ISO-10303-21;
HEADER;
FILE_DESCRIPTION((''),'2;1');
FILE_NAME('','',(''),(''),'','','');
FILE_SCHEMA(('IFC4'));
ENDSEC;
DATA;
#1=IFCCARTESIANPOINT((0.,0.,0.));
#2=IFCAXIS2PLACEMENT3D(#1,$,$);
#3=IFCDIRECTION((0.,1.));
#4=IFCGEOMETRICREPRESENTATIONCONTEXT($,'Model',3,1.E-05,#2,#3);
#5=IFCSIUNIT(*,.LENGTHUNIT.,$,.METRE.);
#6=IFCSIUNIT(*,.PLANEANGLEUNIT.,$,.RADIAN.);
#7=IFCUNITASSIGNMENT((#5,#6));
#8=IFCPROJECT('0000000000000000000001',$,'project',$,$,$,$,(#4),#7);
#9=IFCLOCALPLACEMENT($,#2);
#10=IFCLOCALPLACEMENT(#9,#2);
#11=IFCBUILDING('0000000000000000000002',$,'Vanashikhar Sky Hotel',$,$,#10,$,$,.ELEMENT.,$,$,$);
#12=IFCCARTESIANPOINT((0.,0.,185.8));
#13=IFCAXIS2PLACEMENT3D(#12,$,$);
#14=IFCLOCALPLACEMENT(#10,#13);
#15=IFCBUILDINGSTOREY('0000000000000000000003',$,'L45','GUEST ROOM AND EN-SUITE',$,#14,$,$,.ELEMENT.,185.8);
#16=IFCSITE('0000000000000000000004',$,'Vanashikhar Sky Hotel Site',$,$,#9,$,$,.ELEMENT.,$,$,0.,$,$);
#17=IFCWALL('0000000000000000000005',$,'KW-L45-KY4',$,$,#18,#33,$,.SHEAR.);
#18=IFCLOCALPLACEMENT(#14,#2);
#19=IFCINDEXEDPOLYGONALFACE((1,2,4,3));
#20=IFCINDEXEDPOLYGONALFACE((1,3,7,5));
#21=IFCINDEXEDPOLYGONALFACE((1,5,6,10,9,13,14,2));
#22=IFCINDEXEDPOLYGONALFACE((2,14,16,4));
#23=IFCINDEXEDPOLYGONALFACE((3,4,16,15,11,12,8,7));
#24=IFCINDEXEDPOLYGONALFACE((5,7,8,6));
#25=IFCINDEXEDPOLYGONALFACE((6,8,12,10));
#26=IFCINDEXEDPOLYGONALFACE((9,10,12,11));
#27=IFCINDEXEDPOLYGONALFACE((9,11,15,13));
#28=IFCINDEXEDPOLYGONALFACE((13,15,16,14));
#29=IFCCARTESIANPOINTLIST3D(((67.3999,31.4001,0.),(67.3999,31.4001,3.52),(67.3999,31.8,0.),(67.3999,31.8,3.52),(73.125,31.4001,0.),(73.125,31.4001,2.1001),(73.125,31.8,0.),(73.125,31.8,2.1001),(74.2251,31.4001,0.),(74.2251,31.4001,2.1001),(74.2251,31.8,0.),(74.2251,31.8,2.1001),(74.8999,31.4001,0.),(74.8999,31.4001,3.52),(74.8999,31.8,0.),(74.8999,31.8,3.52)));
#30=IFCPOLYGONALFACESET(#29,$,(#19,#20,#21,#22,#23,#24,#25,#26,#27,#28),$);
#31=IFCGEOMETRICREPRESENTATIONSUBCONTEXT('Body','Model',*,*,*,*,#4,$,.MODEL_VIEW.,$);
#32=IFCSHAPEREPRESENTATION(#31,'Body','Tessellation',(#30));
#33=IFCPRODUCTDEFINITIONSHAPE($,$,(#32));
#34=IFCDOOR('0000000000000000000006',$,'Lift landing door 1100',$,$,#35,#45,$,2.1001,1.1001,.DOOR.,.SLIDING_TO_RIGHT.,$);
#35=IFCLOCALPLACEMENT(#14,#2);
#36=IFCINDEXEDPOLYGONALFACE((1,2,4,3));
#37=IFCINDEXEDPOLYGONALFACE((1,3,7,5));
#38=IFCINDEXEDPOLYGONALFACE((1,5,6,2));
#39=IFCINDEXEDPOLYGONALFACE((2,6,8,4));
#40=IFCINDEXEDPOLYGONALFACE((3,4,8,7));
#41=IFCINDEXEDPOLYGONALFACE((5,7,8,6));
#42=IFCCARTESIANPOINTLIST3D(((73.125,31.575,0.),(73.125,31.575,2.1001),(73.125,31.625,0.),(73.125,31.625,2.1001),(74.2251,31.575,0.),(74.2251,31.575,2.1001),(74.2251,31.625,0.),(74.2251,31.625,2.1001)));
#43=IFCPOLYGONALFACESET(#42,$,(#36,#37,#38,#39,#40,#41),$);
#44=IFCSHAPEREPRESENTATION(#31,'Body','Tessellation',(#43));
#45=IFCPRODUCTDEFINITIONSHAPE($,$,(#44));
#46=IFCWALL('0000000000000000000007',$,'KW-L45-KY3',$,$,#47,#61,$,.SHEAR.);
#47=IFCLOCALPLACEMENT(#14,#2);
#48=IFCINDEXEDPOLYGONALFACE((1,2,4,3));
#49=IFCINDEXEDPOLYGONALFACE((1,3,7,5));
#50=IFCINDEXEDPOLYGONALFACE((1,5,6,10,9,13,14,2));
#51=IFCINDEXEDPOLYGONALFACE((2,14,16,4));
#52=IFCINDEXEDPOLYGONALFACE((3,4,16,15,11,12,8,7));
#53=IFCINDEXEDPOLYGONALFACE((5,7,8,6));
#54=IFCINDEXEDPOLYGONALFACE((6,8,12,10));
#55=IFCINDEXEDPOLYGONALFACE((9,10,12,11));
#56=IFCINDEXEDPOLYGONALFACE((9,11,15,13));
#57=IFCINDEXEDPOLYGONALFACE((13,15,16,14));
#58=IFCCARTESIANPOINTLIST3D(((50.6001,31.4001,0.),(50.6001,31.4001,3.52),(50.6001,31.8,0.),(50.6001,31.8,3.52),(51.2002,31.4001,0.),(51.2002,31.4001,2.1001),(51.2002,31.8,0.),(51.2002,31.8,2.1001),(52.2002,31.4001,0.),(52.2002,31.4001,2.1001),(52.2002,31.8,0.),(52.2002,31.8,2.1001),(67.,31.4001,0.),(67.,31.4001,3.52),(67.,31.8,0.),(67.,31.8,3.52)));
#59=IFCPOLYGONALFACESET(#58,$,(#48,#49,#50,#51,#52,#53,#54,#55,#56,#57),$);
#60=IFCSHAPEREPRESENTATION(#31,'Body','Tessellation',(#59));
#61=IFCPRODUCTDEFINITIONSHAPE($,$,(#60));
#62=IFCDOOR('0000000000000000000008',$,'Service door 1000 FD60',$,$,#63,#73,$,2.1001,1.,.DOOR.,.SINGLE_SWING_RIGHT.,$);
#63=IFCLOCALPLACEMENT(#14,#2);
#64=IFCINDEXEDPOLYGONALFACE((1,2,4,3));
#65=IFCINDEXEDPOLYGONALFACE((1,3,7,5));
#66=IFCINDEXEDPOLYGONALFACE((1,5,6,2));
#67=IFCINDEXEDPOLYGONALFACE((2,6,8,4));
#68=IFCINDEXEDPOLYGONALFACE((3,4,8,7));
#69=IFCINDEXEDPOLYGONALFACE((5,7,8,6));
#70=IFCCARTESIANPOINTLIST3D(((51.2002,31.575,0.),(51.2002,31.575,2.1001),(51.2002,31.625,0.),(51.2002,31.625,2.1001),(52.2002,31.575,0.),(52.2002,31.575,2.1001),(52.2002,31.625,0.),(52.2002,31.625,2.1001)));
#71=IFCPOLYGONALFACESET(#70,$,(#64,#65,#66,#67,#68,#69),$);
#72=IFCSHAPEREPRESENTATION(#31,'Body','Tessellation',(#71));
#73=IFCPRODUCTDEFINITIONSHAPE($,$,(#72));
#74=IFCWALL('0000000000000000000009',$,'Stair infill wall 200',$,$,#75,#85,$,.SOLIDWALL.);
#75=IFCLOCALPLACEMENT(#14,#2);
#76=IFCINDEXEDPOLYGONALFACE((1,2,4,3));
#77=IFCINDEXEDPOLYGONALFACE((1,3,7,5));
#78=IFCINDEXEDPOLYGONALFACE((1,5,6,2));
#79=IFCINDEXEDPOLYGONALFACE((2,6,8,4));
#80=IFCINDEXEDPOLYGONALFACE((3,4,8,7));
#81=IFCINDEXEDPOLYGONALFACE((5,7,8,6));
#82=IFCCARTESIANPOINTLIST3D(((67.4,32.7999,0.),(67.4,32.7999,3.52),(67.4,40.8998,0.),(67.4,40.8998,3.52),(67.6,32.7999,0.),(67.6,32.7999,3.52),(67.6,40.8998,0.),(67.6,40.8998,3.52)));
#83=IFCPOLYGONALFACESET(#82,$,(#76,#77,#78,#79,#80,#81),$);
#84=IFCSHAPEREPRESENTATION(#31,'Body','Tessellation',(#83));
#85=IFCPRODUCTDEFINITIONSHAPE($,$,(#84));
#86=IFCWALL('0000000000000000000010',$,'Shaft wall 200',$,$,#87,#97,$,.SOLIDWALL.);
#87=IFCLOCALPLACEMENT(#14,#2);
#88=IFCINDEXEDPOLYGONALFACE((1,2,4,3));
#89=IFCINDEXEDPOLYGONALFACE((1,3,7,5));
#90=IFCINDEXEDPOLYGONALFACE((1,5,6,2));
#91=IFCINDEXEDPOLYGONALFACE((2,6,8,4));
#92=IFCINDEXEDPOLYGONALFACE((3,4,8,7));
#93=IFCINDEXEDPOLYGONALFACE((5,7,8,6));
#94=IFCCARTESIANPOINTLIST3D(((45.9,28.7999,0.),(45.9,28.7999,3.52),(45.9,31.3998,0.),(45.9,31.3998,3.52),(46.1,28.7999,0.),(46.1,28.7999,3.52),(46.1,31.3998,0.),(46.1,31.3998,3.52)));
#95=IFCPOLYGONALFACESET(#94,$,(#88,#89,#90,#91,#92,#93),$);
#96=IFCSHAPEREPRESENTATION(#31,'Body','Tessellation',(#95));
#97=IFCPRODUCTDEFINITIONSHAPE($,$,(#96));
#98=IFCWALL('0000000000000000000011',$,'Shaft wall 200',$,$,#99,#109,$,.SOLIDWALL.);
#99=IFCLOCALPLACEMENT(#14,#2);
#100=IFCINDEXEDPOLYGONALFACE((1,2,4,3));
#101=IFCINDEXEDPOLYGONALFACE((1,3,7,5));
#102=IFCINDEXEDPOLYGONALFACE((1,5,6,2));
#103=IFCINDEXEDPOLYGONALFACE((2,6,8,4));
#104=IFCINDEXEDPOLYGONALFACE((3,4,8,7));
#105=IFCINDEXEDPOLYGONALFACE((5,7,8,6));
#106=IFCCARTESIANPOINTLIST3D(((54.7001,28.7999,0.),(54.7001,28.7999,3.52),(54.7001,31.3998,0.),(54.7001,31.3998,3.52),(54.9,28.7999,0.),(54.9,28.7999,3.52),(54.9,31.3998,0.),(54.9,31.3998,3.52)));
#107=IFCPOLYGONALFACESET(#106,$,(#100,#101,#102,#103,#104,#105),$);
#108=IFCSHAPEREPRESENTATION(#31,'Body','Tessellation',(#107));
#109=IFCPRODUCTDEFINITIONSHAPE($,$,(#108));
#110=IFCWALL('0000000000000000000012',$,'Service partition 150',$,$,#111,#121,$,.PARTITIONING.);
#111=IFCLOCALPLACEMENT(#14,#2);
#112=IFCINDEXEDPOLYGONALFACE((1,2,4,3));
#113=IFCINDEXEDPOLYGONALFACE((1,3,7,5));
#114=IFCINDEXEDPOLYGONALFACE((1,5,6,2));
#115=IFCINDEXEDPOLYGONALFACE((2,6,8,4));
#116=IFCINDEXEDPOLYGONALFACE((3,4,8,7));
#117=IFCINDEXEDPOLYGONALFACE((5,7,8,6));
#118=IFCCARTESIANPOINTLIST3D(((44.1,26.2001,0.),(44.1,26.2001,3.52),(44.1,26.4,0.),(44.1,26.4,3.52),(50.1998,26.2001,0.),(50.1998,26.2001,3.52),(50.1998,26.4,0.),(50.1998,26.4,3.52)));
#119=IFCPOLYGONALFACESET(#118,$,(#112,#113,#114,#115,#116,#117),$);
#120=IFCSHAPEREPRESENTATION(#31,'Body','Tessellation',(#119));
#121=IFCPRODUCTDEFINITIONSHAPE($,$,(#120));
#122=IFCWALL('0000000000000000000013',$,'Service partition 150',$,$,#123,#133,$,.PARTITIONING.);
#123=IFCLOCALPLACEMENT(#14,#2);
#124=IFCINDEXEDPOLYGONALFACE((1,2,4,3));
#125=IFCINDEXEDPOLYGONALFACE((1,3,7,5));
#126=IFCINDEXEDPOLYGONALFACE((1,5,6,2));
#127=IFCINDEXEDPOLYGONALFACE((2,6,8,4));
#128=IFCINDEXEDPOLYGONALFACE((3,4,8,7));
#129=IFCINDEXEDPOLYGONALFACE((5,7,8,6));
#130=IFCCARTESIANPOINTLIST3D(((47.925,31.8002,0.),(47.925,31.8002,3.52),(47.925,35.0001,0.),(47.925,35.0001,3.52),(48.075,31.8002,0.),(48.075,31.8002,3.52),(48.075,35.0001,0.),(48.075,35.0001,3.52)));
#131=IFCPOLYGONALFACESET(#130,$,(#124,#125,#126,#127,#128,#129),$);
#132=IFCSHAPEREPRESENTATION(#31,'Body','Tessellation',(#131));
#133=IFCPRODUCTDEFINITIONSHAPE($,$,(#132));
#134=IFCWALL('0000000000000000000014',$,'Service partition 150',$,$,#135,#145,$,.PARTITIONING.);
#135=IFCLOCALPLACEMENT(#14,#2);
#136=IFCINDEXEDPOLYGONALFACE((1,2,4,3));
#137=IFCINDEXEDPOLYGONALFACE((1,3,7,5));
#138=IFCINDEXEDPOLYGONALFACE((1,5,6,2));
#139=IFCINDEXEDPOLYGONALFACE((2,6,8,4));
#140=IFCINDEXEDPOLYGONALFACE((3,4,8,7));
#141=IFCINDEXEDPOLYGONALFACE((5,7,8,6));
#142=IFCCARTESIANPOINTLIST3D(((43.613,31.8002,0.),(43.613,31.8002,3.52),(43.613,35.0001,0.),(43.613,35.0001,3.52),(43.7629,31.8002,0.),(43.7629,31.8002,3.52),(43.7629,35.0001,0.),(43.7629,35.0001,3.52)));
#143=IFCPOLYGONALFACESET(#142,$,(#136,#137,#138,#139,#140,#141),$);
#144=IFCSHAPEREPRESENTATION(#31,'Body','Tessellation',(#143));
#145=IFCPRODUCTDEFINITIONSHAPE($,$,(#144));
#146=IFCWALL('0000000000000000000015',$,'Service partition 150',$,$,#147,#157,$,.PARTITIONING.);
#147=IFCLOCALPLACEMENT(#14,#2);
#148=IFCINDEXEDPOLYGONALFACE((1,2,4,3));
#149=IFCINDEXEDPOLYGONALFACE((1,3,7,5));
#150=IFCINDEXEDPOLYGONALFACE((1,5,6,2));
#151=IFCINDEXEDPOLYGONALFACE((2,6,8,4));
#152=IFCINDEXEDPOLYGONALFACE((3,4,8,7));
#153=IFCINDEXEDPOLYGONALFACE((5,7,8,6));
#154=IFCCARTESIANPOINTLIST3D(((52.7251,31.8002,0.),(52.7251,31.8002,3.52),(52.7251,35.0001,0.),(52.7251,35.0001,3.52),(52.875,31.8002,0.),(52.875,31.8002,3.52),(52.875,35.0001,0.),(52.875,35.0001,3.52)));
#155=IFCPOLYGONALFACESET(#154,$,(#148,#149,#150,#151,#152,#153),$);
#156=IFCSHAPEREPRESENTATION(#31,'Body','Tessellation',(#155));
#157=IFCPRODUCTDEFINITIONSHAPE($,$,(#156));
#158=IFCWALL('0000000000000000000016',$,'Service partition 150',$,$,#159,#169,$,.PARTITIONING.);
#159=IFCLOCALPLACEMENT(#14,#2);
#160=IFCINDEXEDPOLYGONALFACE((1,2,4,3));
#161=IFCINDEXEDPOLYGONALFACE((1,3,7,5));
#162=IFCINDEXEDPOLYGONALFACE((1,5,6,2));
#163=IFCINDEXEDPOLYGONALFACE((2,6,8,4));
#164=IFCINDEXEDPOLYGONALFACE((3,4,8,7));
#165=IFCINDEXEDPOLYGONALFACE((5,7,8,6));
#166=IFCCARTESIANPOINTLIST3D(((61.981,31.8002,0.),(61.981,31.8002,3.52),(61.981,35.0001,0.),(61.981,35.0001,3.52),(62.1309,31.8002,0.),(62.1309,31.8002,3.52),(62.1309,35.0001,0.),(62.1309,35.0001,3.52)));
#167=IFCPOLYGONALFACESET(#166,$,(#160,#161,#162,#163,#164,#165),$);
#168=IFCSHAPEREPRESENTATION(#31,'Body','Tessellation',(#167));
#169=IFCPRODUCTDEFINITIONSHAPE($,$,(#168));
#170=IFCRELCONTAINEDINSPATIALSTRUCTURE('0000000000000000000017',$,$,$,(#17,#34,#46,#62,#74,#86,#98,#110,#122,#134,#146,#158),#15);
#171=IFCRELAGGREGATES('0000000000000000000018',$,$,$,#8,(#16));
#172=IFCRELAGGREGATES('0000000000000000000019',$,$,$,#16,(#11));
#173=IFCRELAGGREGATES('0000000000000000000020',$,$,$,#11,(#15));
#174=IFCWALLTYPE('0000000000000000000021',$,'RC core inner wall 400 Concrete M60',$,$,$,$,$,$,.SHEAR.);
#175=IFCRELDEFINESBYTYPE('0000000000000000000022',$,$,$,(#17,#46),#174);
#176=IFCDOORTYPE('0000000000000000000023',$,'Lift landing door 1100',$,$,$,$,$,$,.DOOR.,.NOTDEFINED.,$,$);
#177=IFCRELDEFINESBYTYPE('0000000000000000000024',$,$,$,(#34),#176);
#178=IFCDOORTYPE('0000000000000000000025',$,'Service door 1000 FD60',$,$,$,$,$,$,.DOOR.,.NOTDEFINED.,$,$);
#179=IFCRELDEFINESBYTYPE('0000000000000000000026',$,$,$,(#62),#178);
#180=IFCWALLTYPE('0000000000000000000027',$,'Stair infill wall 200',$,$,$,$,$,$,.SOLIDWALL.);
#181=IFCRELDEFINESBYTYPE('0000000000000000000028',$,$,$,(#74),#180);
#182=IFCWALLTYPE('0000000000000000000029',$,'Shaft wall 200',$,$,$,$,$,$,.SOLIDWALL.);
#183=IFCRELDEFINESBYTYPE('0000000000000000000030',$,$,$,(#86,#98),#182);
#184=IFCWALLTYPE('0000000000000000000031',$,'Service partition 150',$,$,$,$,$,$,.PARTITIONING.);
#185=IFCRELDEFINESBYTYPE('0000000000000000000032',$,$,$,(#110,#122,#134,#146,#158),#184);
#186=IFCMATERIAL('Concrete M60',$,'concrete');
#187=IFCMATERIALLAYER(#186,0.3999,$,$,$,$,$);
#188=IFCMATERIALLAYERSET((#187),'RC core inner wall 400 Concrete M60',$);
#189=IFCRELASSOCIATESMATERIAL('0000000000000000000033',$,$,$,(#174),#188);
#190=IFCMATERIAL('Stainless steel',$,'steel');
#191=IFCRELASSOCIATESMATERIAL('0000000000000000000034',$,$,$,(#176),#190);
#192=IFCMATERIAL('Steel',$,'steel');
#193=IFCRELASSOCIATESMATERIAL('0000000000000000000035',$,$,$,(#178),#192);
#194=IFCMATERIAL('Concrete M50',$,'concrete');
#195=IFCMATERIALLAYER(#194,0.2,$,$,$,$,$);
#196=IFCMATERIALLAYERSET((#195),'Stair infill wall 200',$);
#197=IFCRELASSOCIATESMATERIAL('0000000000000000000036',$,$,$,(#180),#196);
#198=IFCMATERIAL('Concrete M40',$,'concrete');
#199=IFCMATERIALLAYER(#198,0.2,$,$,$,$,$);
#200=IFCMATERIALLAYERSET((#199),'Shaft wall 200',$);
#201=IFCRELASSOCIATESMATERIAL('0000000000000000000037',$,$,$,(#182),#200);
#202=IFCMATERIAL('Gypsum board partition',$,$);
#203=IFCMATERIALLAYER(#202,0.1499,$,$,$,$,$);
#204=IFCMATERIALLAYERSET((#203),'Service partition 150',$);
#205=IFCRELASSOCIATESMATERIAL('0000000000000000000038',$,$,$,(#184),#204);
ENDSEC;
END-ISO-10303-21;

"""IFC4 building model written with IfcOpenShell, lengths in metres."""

from ifc_helpers import new_model, si_unit, direction, frame, frame_2d, origin, place, context, subcontext, project, spatial, rectangle, extrude, source, transform, mapped, material, layer, layer_set, type_object, element, fill, save


model = new_model("IFC4")

# Units and contexts
model_context = context("Model", 3, precision=1e-05, world=origin(), true_north=direction((0.0, 1.0)))
body_context = subcontext(model_context, "Body", "Model", "MODEL_VIEW")
ifc_project = project(units=[si_unit("LENGTHUNIT", "METRE"), si_unit("PLANEANGLEUNIT", "RADIAN")], contexts=[model_context])

# Site, building, storey
site_placement = place(None, origin())
site = spatial("IfcSite", under=ifc_project, at=site_placement, Name="Vanashikhar Sky Hotel Site", CompositionType="ELEMENT", RefElevation=0.0)
building_placement = place(site_placement, origin())
building = spatial("IfcBuilding", under=site, at=building_placement, Name="Vanashikhar Sky Hotel", CompositionType="ELEMENT")
storey_placement = place(building_placement, frame((0.0, 0.0, 185.8)))
storey = spatial("IfcBuildingStorey", under=building, at=storey_placement, Name="L45", Description="GUEST ROOM AND EN-SUITE", CompositionType="ELEMENT", Elevation=185.8)

# Walls, openings, doors
ifc_material_1 = material(Name="Concrete M60", Category="concrete")
ifc_layer_1 = layer(ifc_material_1, 0.3999)
ifc_layer_set_1 = layer_set([ifc_layer_1], Name="RC core inner wall 400 Concrete M60")
wall_type_1 = type_object("IfcWallType", Name="RC core inner wall 400 Concrete M60", PredefinedType="SHEAR", material=ifc_layer_set_1)
shared_shape_1 = source(origin(), body_context, "Body", "SweptSolid", [
    extrude(rectangle(XDim=7.5, YDim=0.3999, at=frame_2d((3.75, 0.0))), origin(), (0.0, 0.0, 1.0), 3.52),
])
wall_1_placement = place(storey_placement, frame((67.3999, 31.6001, 0.0), z_axis=(0.0, 0.0, 1.0), x_axis=(1.0, 0.0, 0.0)))
wall_1 = element("IfcWall", 1, at=wall_1_placement, inside=storey, type_object=wall_type_1, Name="KW-L45-KY4", PredefinedType="SHEAR", context=body_context, shape_type="MappedRepresentation", body=[
    mapped(shared_shape_1, transform((0.0, 0.0, 0.0), scale=1.0)),
])
shared_shape_2 = source(origin(), body_context, "Body", "SweptSolid", [
    extrude(rectangle(XDim=1.1001, YDim=2.1001, at=frame_2d((0.55, 1.05))), frame((0.0, 0.21, 0.0), z_axis=(0.0, -1.0, 0.0), x_axis=(1.0, 0.0, 0.0)), (0.0, 0.0, 1.0), 0.4199),
])
opening_1_placement = place(wall_1_placement, frame((5.7251, 0.0, 0.0)))
opening_1 = element("IfcOpeningElement", 2, at=opening_1_placement, cuts=wall_1, PredefinedType="OPENING", context=body_context, shape_type="MappedRepresentation", body=[
    mapped(shared_shape_2, transform((0.0, 0.0, 0.0), scale=1.0)),
])
ifc_material_2 = material(Name="Stainless steel", Category="steel")
door_type_1 = type_object("IfcDoorType", Name="Lift landing door 1100", OperationType="NOTDEFINED", PredefinedType="DOOR", material=ifc_material_2)
shared_shape_3 = source(origin(), body_context, "Body", "SweptSolid", [
    extrude(rectangle(XDim=1.1001, YDim=2.1001, at=frame_2d((0.55, 1.05))), frame((0.0, 0.0249, 0.0), z_axis=(0.0, -1.0, 0.0), x_axis=(1.0, 0.0, 0.0)), (0.0, 0.0, 1.0), 0.05),
])
door_1_placement = place(opening_1_placement, origin())
door_1 = element("IfcDoor", 3, at=door_1_placement, inside=storey, type_object=door_type_1, Name="Lift landing door 1100", OperationType="SLIDING_TO_RIGHT", OverallHeight=2.1001, OverallWidth=1.1001, PredefinedType="DOOR", context=body_context, shape_type="MappedRepresentation", body=[
    mapped(shared_shape_3, transform((0.0, 0.0, 0.0), scale=1.0)),
])
fill(opening_1, door_1)
shared_shape_4 = source(origin(), body_context, "Body", "SweptSolid", [
    extrude(rectangle(XDim=16.3999, YDim=0.3999, at=frame_2d((8.2, 0.0))), origin(), (0.0, 0.0, 1.0), 3.52),
])
wall_2_placement = place(storey_placement, frame((50.6001, 31.6001, 0.0), z_axis=(0.0, 0.0, 1.0), x_axis=(1.0, 0.0, 0.0)))
wall_2 = element("IfcWall", 4, at=wall_2_placement, inside=storey, type_object=wall_type_1, Name="KW-L45-KY3", PredefinedType="SHEAR", context=body_context, shape_type="MappedRepresentation", body=[
    mapped(shared_shape_4, transform((0.0, 0.0, 0.0), scale=1.0)),
])
shared_shape_5 = source(origin(), body_context, "Body", "SweptSolid", [
    extrude(rectangle(XDim=1.0, YDim=2.1001, at=frame_2d((0.5, 1.05))), frame((0.0, 0.21, 0.0), z_axis=(0.0, -1.0, 0.0), x_axis=(1.0, 0.0, 0.0)), (0.0, 0.0, 1.0), 0.4199),
])
opening_2_placement = place(wall_2_placement, frame((0.6001, 0.0, 0.0)))
opening_2 = element("IfcOpeningElement", 5, at=opening_2_placement, cuts=wall_2, PredefinedType="OPENING", context=body_context, shape_type="MappedRepresentation", body=[
    mapped(shared_shape_5, transform((0.0, 0.0, 0.0), scale=1.0)),
])
ifc_material_3 = material(Name="Steel", Category="steel")
door_type_2 = type_object("IfcDoorType", Name="Service door 1000 FD60", OperationType="NOTDEFINED", PredefinedType="DOOR", material=ifc_material_3)
shared_shape_6 = source(origin(), body_context, "Body", "SweptSolid", [
    extrude(rectangle(XDim=1.0, YDim=2.1001, at=frame_2d((0.5, 1.05))), frame((0.0, 0.0249, 0.0), z_axis=(0.0, -1.0, 0.0), x_axis=(1.0, 0.0, 0.0)), (0.0, 0.0, 1.0), 0.05),
])
door_2_placement = place(opening_2_placement, origin())
door_2 = element("IfcDoor", 6, at=door_2_placement, inside=storey, type_object=door_type_2, Name="Service door 1000 FD60", OperationType="SINGLE_SWING_RIGHT", OverallHeight=2.1001, OverallWidth=1.0, PredefinedType="DOOR", context=body_context, shape_type="MappedRepresentation", body=[
    mapped(shared_shape_6, transform((0.0, 0.0, 0.0), scale=1.0)),
])
fill(opening_2, door_2)

# Walls
ifc_material_4 = material(Name="Concrete M50", Category="concrete")
ifc_layer_2 = layer(ifc_material_4, 0.2)
ifc_layer_set_2 = layer_set([ifc_layer_2], Name="Stair infill wall 200")
wall_type_2 = type_object("IfcWallType", Name="Stair infill wall 200", PredefinedType="SOLIDWALL", material=ifc_layer_set_2)
shared_shape_7 = source(origin(), body_context, "Body", "SweptSolid", [
    extrude(rectangle(XDim=8.0999, YDim=0.2, at=frame_2d((4.0498, 0.0))), origin(), (0.0, 0.0, 1.0), 3.52),
])
wall_3_placement = place(storey_placement, frame((67.5, 32.8, 0.0), z_axis=(0.0, 0.0, 1.0), x_axis=(0.0, 1.0, 0.0)))
element("IfcWall", 7, at=wall_3_placement, inside=storey, type_object=wall_type_2, Name="Stair infill wall 200", PredefinedType="SOLIDWALL", context=body_context, shape_type="MappedRepresentation", body=[
    mapped(shared_shape_7, transform((0.0, 0.0, 0.0), scale=1.0)),
])
ifc_material_5 = material(Name="Concrete M40", Category="concrete")
ifc_layer_3 = layer(ifc_material_5, 0.2)
ifc_layer_set_3 = layer_set([ifc_layer_3], Name="Shaft wall 200")
wall_type_3 = type_object("IfcWallType", Name="Shaft wall 200", PredefinedType="SOLIDWALL", material=ifc_layer_set_3)
shared_shape_8 = source(origin(), body_context, "Body", "SweptSolid", [
    extrude(rectangle(XDim=2.5999, YDim=0.2, at=frame_2d((1.2998, 0.0))), origin(), (0.0, 0.0, 1.0), 3.52),
])
for number, where, z_axis, x_axis, name in (
    (8, (46.0, 28.8, 0.0), (0.0, 0.0, 1.0), (0.0, 1.0, 0.0), "Shaft wall 200"),
    (9, (54.8, 28.8, 0.0), (0.0, 0.0, 1.0), (0.0, 1.0, 0.0), "Shaft wall 200"),
):
    element("IfcWall", number, at=place(storey_placement, frame(where, z_axis=z_axis, x_axis=x_axis)), inside=storey, type_object=wall_type_3, Name=name, PredefinedType="SOLIDWALL", context=body_context, shape_type="MappedRepresentation", body=[
        mapped(shared_shape_8, transform((0.0, 0.0, 0.0), scale=1.0)),
    ])
ifc_material_6 = material(Name="Gypsum board partition")
ifc_layer_4 = layer(ifc_material_6, 0.1499)
ifc_layer_set_4 = layer_set([ifc_layer_4], Name="Service partition 150")
wall_type_4 = type_object("IfcWallType", Name="Service partition 150", PredefinedType="PARTITIONING", material=ifc_layer_set_4)
shared_shape_9 = source(origin(), body_context, "Body", "SweptSolid", [
    extrude(rectangle(XDim=6.0999, YDim=0.2, at=frame_2d((3.0498, 0.0))), origin(), (0.0, 0.0, 1.0), 3.52),
])
wall_4_placement = place(storey_placement, frame((44.1001, 26.3, 0.0), z_axis=(0.0, 0.0, 1.0), x_axis=(1.0, 0.0, 0.0)))
element("IfcWall", 10, at=wall_4_placement, inside=storey, type_object=wall_type_4, Name="Service partition 150", PredefinedType="PARTITIONING", context=body_context, shape_type="MappedRepresentation", body=[
    mapped(shared_shape_9, transform((0.0, 0.0, 0.0), scale=1.0)),
])
shared_shape_10 = source(origin(), body_context, "Body", "SweptSolid", [
    extrude(rectangle(XDim=3.2, YDim=0.1499, at=frame_2d((1.6001, 0.0))), origin(), (0.0, 0.0, 1.0), 3.52),
])
for number, where, z_axis, x_axis, name in (
    (11, (48.0, 31.8, 0.0), (0.0, 0.0, 1.0), (0.0, 1.0, 0.0), "Service partition 150"),
    (12, (43.688, 31.8, 0.0), (0.0, 0.0, 1.0), (0.0, 1.0, 0.0), "Service partition 150"),
    (13, (52.8, 31.8, 0.0), (0.0, 0.0, 1.0), (0.0, 1.0, 0.0), "Service partition 150"),
    (14, (62.0559, 31.8, 0.0), (0.0, 0.0, 1.0), (0.0, 1.0, 0.0), "Service partition 150"),
):
    element("IfcWall", number, at=place(storey_placement, frame(where, z_axis=z_axis, x_axis=x_axis)), inside=storey, type_object=wall_type_4, Name=name, PredefinedType="PARTITIONING", context=body_context, shape_type="MappedRepresentation", body=[
        mapped(shared_shape_10, transform((0.0, 0.0, 0.0), scale=1.0)),
    ])

save(model, "model.ifc")
